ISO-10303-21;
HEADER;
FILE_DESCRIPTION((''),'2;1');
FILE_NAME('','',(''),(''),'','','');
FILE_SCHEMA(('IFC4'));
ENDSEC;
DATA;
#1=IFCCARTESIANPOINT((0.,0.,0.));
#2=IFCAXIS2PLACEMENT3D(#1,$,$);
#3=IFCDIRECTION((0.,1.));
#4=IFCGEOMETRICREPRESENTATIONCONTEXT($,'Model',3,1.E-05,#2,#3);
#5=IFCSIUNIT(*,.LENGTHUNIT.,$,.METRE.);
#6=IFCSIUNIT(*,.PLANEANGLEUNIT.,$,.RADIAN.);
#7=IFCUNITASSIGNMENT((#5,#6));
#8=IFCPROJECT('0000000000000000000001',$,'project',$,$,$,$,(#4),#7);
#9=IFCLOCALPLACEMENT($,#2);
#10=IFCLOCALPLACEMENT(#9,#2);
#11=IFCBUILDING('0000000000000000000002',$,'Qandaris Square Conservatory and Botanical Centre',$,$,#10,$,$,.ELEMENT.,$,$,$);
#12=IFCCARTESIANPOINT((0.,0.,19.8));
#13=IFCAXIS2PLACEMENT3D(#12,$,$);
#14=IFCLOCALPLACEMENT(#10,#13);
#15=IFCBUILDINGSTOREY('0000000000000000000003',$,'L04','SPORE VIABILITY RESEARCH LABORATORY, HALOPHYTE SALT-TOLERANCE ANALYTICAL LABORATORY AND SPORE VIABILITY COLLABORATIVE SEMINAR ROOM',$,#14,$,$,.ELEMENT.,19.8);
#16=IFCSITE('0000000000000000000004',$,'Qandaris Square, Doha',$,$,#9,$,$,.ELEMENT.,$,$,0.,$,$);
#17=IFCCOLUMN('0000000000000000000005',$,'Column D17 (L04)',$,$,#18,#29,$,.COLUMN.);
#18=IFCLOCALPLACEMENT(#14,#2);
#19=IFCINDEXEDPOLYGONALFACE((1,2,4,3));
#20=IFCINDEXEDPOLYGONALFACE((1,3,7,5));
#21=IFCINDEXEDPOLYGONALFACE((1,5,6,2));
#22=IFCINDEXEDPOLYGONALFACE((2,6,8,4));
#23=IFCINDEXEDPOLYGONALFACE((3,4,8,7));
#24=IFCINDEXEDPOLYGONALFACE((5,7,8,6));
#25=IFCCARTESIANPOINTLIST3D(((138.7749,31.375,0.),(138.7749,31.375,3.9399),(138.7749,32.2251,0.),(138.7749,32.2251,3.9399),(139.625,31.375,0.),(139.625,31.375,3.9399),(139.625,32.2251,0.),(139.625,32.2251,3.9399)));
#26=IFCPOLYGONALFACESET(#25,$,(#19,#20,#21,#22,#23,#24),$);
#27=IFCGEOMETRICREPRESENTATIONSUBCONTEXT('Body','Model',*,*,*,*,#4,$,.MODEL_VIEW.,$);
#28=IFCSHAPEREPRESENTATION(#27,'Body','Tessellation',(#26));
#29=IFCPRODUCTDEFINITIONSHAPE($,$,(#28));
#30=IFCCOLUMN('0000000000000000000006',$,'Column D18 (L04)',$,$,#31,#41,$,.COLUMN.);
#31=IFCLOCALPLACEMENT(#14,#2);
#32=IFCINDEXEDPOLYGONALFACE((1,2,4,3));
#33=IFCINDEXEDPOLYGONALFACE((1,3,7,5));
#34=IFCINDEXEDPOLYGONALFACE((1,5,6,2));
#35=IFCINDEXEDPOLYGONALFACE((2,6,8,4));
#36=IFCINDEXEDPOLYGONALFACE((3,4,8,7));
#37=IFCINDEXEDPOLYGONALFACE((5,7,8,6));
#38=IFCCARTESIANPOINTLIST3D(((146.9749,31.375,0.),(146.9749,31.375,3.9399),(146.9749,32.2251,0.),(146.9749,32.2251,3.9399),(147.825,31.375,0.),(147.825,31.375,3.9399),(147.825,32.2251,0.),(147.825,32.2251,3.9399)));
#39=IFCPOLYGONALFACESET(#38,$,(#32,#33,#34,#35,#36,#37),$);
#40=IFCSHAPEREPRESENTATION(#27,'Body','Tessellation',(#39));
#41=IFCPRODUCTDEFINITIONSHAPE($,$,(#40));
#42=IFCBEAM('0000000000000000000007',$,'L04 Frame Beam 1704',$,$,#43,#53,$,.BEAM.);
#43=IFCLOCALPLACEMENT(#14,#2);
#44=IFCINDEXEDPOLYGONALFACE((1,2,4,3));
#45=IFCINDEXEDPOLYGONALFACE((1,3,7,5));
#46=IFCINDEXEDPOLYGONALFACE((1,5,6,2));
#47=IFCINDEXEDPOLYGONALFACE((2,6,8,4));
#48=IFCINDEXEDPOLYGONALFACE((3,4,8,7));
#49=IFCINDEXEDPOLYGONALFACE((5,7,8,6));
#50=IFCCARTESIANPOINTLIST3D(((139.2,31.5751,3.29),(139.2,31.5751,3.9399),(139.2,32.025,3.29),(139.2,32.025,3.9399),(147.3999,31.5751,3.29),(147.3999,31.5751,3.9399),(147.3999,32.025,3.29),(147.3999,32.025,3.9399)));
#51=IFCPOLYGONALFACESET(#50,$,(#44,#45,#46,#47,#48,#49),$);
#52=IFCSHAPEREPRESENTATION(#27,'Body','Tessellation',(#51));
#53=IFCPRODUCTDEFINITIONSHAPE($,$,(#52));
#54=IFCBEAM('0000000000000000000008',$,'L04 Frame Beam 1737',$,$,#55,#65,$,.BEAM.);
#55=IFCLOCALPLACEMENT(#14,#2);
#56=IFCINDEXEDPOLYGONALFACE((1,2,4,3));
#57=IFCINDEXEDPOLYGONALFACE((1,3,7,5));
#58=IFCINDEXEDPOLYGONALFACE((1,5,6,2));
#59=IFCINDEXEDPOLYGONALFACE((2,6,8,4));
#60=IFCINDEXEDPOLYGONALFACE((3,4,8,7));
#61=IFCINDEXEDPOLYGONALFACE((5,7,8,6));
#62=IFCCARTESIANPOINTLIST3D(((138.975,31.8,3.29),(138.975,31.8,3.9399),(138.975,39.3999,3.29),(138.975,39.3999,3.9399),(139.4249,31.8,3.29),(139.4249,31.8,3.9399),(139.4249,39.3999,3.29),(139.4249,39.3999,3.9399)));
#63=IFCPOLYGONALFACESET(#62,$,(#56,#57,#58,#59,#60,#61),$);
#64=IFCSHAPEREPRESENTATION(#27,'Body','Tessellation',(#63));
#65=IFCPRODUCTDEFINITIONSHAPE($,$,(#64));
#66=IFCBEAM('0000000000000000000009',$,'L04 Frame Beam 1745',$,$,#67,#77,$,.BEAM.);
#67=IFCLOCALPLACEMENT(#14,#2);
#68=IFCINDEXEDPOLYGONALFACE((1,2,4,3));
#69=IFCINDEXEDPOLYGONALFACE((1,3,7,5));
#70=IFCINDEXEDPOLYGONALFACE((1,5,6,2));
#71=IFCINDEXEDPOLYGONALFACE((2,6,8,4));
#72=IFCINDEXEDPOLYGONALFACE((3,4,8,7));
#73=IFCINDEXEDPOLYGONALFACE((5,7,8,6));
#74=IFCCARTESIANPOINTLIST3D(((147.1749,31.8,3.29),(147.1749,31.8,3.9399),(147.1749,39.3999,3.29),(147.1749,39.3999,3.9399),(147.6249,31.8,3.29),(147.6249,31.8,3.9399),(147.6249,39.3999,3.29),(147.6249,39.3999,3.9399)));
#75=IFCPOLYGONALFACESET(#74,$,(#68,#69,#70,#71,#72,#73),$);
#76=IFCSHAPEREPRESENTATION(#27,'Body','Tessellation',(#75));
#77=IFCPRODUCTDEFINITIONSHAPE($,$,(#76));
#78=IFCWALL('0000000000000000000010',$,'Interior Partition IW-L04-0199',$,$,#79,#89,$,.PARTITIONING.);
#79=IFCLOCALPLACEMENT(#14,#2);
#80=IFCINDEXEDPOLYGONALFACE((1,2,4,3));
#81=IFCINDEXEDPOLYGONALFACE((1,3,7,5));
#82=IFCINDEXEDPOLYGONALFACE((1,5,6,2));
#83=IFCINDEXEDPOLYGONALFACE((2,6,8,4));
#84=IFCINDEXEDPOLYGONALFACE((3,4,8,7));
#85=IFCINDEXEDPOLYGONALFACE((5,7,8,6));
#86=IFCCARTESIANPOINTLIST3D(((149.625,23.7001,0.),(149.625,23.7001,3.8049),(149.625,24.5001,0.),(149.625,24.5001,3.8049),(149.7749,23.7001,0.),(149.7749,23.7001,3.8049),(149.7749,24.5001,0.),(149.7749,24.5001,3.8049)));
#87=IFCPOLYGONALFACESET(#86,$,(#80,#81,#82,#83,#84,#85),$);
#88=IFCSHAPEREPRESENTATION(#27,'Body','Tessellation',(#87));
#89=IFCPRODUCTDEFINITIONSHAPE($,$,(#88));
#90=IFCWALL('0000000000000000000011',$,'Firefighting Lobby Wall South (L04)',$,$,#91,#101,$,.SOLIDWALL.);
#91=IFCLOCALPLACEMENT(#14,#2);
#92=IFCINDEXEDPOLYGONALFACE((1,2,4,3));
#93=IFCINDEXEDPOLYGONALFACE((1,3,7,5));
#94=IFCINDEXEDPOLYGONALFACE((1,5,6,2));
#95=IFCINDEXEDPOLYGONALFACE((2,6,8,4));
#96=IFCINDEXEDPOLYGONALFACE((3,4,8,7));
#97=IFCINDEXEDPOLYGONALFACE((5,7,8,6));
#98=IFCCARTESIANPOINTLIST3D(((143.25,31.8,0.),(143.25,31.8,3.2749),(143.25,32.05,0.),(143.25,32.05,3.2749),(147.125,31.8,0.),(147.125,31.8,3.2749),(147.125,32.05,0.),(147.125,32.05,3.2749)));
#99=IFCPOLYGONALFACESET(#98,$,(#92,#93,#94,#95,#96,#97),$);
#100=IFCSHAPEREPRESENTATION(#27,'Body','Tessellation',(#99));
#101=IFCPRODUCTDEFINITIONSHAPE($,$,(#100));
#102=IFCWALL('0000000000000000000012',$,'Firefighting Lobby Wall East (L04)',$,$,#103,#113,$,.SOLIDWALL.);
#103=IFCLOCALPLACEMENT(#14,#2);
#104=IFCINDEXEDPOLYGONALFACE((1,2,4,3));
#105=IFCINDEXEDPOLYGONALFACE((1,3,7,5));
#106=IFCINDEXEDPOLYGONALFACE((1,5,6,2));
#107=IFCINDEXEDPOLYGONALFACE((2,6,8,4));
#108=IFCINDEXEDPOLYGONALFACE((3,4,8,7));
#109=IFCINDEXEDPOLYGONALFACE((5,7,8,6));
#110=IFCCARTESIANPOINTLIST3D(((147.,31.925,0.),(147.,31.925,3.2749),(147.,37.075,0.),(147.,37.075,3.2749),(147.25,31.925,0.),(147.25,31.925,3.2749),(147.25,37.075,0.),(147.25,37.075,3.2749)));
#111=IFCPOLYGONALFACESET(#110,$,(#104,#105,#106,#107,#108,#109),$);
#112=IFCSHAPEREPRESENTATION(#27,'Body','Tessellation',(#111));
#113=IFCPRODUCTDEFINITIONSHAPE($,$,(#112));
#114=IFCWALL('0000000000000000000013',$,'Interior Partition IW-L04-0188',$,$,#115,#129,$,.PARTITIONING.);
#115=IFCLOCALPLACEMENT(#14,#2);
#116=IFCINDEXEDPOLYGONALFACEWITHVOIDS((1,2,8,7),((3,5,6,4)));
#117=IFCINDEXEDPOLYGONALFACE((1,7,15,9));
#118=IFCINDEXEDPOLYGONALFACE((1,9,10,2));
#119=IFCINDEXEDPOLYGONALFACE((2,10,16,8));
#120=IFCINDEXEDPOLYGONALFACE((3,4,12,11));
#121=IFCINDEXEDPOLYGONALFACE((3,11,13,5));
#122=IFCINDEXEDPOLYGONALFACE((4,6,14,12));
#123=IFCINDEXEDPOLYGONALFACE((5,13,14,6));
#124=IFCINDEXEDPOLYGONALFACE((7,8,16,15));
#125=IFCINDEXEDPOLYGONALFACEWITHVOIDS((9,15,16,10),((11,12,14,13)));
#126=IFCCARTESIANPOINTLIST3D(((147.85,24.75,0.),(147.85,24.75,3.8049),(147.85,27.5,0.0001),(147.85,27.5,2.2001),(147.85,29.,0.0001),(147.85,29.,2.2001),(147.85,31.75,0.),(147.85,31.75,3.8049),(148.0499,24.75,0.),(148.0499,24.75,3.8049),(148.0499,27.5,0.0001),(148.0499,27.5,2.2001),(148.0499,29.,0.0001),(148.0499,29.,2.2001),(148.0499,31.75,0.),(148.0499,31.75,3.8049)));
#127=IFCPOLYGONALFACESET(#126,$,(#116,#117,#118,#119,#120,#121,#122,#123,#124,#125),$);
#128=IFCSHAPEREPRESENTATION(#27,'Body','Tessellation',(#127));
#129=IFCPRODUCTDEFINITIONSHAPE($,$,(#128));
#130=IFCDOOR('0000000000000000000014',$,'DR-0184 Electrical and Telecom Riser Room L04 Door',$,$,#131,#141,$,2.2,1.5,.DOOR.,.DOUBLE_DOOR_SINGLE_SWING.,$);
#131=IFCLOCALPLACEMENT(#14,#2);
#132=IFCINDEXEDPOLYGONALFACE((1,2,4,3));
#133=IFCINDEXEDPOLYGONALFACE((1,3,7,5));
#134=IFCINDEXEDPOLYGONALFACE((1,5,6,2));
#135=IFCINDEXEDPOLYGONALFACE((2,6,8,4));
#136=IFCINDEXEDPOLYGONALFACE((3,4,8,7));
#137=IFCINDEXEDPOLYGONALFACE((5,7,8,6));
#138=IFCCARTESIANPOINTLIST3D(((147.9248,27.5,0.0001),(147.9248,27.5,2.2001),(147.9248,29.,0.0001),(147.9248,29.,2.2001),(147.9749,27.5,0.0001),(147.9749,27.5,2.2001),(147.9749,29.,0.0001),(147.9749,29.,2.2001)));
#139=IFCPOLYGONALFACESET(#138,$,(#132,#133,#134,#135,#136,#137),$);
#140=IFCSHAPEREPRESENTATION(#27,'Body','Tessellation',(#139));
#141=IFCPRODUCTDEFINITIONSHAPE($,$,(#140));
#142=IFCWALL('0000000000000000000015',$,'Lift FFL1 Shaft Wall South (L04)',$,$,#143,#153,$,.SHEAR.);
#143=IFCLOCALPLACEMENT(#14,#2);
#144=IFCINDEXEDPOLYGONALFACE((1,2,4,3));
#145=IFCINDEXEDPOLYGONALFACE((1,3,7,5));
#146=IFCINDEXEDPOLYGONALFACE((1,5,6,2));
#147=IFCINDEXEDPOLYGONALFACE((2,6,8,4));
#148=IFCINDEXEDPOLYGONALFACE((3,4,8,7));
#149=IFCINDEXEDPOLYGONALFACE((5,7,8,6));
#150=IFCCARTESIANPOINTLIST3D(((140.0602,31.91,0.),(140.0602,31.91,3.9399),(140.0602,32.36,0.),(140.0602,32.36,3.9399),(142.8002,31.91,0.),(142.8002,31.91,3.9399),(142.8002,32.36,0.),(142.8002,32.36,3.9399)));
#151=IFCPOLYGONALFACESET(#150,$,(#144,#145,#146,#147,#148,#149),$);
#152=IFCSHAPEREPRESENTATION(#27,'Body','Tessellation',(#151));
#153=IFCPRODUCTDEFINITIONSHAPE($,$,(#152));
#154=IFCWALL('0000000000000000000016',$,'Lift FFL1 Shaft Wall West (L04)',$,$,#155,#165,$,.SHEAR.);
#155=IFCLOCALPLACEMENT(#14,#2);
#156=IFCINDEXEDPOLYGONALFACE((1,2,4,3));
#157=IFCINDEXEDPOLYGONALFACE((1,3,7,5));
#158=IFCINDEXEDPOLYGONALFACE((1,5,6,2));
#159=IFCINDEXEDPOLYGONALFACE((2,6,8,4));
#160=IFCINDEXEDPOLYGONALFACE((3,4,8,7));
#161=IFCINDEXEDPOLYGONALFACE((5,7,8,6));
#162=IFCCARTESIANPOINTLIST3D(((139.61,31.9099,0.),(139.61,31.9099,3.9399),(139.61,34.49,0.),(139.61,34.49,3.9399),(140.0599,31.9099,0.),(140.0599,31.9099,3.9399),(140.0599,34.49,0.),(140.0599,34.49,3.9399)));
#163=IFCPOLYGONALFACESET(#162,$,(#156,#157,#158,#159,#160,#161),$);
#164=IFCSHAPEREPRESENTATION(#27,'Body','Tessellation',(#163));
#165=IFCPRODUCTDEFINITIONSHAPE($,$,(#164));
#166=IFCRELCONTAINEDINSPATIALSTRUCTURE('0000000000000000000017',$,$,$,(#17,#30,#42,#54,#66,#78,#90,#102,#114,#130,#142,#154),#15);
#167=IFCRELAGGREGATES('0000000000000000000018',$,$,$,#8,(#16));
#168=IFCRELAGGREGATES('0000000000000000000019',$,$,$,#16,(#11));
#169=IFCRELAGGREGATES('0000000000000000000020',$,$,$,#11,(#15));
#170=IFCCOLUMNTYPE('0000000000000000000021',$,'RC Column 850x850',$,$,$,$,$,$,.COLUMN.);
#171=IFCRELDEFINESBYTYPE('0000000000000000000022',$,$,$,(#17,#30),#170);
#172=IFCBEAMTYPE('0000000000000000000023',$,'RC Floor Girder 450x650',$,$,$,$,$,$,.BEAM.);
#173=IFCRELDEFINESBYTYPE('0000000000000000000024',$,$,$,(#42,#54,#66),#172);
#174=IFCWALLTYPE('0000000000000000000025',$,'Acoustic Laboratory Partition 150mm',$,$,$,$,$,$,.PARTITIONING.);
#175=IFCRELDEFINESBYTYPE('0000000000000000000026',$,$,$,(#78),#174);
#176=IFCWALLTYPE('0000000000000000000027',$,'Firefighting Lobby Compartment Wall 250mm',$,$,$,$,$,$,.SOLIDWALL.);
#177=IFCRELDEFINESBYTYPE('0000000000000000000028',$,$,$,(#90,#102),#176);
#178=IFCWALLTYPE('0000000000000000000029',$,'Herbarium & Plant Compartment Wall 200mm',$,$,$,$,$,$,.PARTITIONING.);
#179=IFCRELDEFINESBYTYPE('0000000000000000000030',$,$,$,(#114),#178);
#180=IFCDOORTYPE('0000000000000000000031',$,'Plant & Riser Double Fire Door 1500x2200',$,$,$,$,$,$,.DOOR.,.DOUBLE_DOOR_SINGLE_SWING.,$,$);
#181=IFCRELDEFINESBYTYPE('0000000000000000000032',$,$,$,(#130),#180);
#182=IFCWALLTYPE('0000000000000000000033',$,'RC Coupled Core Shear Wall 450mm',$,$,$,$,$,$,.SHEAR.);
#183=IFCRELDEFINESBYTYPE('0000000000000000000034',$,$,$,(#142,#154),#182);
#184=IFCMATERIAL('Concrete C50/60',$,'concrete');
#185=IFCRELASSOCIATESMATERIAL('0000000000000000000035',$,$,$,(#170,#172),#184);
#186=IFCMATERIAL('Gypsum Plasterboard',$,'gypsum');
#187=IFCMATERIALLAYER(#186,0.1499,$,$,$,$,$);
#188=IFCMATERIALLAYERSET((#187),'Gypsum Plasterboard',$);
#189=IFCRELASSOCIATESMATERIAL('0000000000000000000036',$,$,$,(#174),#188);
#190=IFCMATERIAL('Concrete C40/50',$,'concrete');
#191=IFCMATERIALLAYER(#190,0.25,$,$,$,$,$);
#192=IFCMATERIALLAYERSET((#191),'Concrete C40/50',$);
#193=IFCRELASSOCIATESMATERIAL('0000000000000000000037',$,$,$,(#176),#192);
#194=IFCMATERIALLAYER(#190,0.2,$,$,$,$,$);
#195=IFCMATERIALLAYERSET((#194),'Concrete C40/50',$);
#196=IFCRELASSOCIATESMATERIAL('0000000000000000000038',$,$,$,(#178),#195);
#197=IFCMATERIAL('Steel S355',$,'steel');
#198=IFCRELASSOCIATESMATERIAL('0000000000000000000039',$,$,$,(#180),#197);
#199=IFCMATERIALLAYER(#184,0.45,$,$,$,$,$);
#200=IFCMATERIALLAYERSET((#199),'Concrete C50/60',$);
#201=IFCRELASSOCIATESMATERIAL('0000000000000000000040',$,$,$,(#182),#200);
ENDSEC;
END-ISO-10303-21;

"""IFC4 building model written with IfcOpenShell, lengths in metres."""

from ifc_helpers import new_model, si_unit, direction, frame, frame_2d, origin, origin_2d, place, context, subcontext, project, spatial, rectangle, extrude, material, layer, layer_set, material_profile, profile_set, type_object, element, fill, save


model = new_model("IFC4")

# Units and contexts
model_context = context("Model", 3, precision=1e-05, world=origin(), true_north=direction((0.0, 1.0)))
body_context = subcontext(model_context, "Body", "Model", "MODEL_VIEW")
ifc_project = project(units=[si_unit("LENGTHUNIT", "METRE"), si_unit("PLANEANGLEUNIT", "RADIAN")], contexts=[model_context])

# Site, building, storey
site_placement = place(None, origin())
site = spatial("IfcSite", under=ifc_project, at=site_placement, Name="Qandaris Square, Doha", CompositionType="ELEMENT", RefElevation=0.0)
building_placement = place(site_placement, origin())
building = spatial("IfcBuilding", under=site, at=building_placement, Name="Qandaris Square Conservatory and Botanical Centre", CompositionType="ELEMENT")
storey_placement = place(building_placement, frame((0.0, 0.0, 19.8)))
storey = spatial("IfcBuildingStorey", under=building, at=storey_placement, Name="L04", Description="SPORE VIABILITY RESEARCH LABORATORY, HALOPHYTE SALT-TOLERANCE ANALYTICAL LABORATORY AND SPORE VIABILITY COLLABORATIVE SEMINAR ROOM", CompositionType="ELEMENT", Elevation=19.8)

# Columns
ifc_material_1 = material(Name="Concrete C50/60", Category="concrete")
ifc_material_profile_1 = material_profile(ifc_material_1, rectangle(XDim=0.8501, YDim=0.8501, at=origin_2d()), Name="RC-COL 850x850")
ifc_profile_set_1 = profile_set([ifc_material_profile_1], Name="Concrete C50/60")
column_type = type_object("IfcColumnType", Name="RC Column 850x850", PredefinedType="COLUMN", material=ifc_profile_set_1)
for number, where, z_axis, x_axis, name in (
    (1, (139.2, 31.8, 0.0), (0.0, 0.0, 1.0), (1.0, 0.0, 0.0), "Column D17 (L04)"),
    (2, (147.3999, 31.8, 0.0), (0.0, 0.0, 1.0), (1.0, 0.0, 0.0), "Column D18 (L04)"),
):
    element("IfcColumn", number, at=place(storey_placement, frame(where, z_axis=z_axis, x_axis=x_axis)), inside=storey, type_object=column_type, Name=name, PredefinedType="COLUMN", context=body_context, shape_type="SweptSolid", body=[
        extrude(rectangle(XDim=0.8501, YDim=0.8501, at=origin_2d()), origin(), (0.0, 0.0, 1.0), 3.9399),
    ])

# Beams
ifc_material_profile_2 = material_profile(ifc_material_1, rectangle(XDim=0.45, YDim=0.6499, at=origin_2d()), Name="RC-BM 450x650")
ifc_profile_set_2 = profile_set([ifc_material_profile_2], Name="Concrete C50/60")
beam_type = type_object("IfcBeamType", Name="RC Floor Girder 450x650", PredefinedType="BEAM", material=ifc_profile_set_2)
beam_placement = place(storey_placement, frame((139.2, 31.8, 3.615), z_axis=(1.0, 0.0, 0.0), x_axis=(0.0, 1.0, 0.0)))
element("IfcBeam", 3, at=beam_placement, inside=storey, type_object=beam_type, Name="L04 Frame Beam 1704", PredefinedType="BEAM", context=body_context, shape_type="SweptSolid", body=[
    extrude(rectangle(XDim=0.45, YDim=0.6499, at=origin_2d()), origin(), (0.0, 0.0, 1.0), 8.2),
])
for number, where, z_axis, x_axis, name in (
    (4, (139.2, 31.8, 3.615), (0.0, 1.0, 0.0), (-1.0, 0.0, 0.0), "L04 Frame Beam 1737"),
    (5, (147.3999, 31.8, 3.615), (0.0, 1.0, 0.0), (-1.0, 0.0, 0.0), "L04 Frame Beam 1745"),
):
    element("IfcBeam", number, at=place(storey_placement, frame(where, z_axis=z_axis, x_axis=x_axis)), inside=storey, type_object=beam_type, Name=name, PredefinedType="BEAM", context=body_context, shape_type="SweptSolid", body=[
        extrude(rectangle(XDim=0.45, YDim=0.6499, at=origin_2d()), origin(), (0.0, 0.0, 1.0), 7.5999),
    ])

# Walls
ifc_material_2 = material(Name="Gypsum Plasterboard", Category="gypsum")
ifc_layer_1 = layer(ifc_material_2, 0.1499)
ifc_layer_set_1 = layer_set([ifc_layer_1], Name="Gypsum Plasterboard")
wall_type_1 = type_object("IfcWallType", Name="Acoustic Laboratory Partition 150mm", PredefinedType="PARTITIONING", material=ifc_layer_set_1)
wall_1_placement = place(storey_placement, frame((149.7, 24.5, 0.0), z_axis=(0.0, 0.0, 1.0), x_axis=(0.0, -1.0, 0.0)))
element("IfcWall", 6, at=wall_1_placement, inside=storey, type_object=wall_type_1, Name="Interior Partition IW-L04-0199", PredefinedType="PARTITIONING", context=body_context, shape_type="SweptSolid", body=[
    extrude(rectangle(XDim=0.8, YDim=0.1499, at=frame_2d((0.3999, 0.0))), origin(), (0.0, 0.0, 1.0), 3.8049),
])
ifc_material_3 = material(Name="Concrete C40/50", Category="concrete")
ifc_layer_2 = layer(ifc_material_3, 0.25)
ifc_layer_set_2 = layer_set([ifc_layer_2], Name="Concrete C40/50")
wall_type_2 = type_object("IfcWallType", Name="Firefighting Lobby Compartment Wall 250mm", PredefinedType="SOLIDWALL", material=ifc_layer_set_2)
wall_2_placement = place(storey_placement, frame((143.25, 31.925, 0.0), z_axis=(0.0, 0.0, 1.0), x_axis=(1.0, 0.0, 0.0)))
element("IfcWall", 7, at=wall_2_placement, inside=storey, type_object=wall_type_2, Name="Firefighting Lobby Wall South (L04)", PredefinedType="SOLIDWALL", context=body_context, shape_type="SweptSolid", body=[
    extrude(rectangle(XDim=3.875, YDim=0.25, at=frame_2d((1.9375, 0.0))), origin(), (0.0, 0.0, 1.0), 3.2749),
])
wall_3_placement = place(storey_placement, frame((147.125, 31.925, 0.0), z_axis=(0.0, 0.0, 1.0), x_axis=(0.0, 1.0, 0.0)))
element("IfcWall", 8, at=wall_3_placement, inside=storey, type_object=wall_type_2, Name="Firefighting Lobby Wall East (L04)", PredefinedType="SOLIDWALL", context=body_context, shape_type="SweptSolid", body=[
    extrude(rectangle(XDim=5.1499, YDim=0.25, at=frame_2d((2.575, 0.0))), origin(), (0.0, 0.0, 1.0), 3.2749),
])

# Wall, opening, door
ifc_layer_3 = layer(ifc_material_3, 0.2)
ifc_layer_set_3 = layer_set([ifc_layer_3], Name="Concrete C40/50")
wall_type_3 = type_object("IfcWallType", Name="Herbarium & Plant Compartment Wall 200mm", PredefinedType="PARTITIONING", material=ifc_layer_set_3)
wall_4_placement = place(storey_placement, frame((147.95, 31.75, 0.0), z_axis=(0.0, 0.0, 1.0), x_axis=(0.0, -1.0, 0.0)))
wall_4 = element("IfcWall", 9, at=wall_4_placement, inside=storey, type_object=wall_type_3, Name="Interior Partition IW-L04-0188", PredefinedType="PARTITIONING", context=body_context, shape_type="SweptSolid", body=[
    extrude(rectangle(XDim=7.0, YDim=0.2, at=frame_2d((3.5, 0.0))), origin(), (0.0, 0.0, 1.0), 3.8049),
])
opening_1_placement = place(wall_4_placement, frame((2.75, 0.0, 0.0)))
opening_1 = element("IfcOpeningElement", 10, at=opening_1_placement, cuts=wall_4, PredefinedType="OPENING", context=body_context, shape_type="SweptSolid", body=[
    extrude(rectangle(XDim=1.5, YDim=2.2, at=frame_2d((0.75, 1.1001))), frame((0.0, 0.1118, 0.0), z_axis=(0.0, -1.0, 0.0), x_axis=(1.0, 0.0, 0.0)), (0.0, 0.0, 1.0), 0.2239),
])
ifc_material_4 = material(Name="Steel S355", Category="steel")
door_type_1 = type_object("IfcDoorType", Name="Plant & Riser Double Fire Door 1500x2200", OperationType="DOUBLE_DOOR_SINGLE_SWING", PredefinedType="DOOR", material=ifc_material_4)
door_1_placement = place(opening_1_placement, origin())
door_1 = element("IfcDoor", 11, at=door_1_placement, inside=storey, type_object=door_type_1, Name="DR-0184 Electrical and Telecom Riser Room L04 Door", OperationType="DOUBLE_DOOR_SINGLE_SWING", OverallHeight=2.2, OverallWidth=1.5, PredefinedType="DOOR", context=body_context, shape_type="SweptSolid", body=[
    extrude(rectangle(XDim=1.5, YDim=2.2, at=frame_2d((0.75, 1.1001))), frame((0.0, 0.0249, 0.0), z_axis=(0.0, -1.0, 0.0), x_axis=(1.0, 0.0, 0.0)), (0.0, 0.0, 1.0), 0.05),
])
fill(opening_1, door_1)

# Walls
ifc_layer_4 = layer(ifc_material_1, 0.45)
ifc_layer_set_4 = layer_set([ifc_layer_4], Name="Concrete C50/60")
wall_type_4 = type_object("IfcWallType", Name="RC Coupled Core Shear Wall 450mm", PredefinedType="SHEAR", material=ifc_layer_set_4)
wall_5_placement = place(storey_placement, frame((140.0601, 32.135, 0.0), z_axis=(0.0, 0.0, 1.0), x_axis=(1.0, 0.0, 0.0)))
element("IfcWall", 12, at=wall_5_placement, inside=storey, type_object=wall_type_4, Name="Lift FFL1 Shaft Wall South (L04)", PredefinedType="SHEAR", context=body_context, shape_type="SweptSolid", body=[
    extrude(rectangle(XDim=2.74, YDim=0.45, at=frame_2d((1.3701, 0.0))), origin(), (0.0, 0.0, 1.0), 3.9399),
])
wall_6_placement = place(storey_placement, frame((139.835, 31.9099, 0.0), z_axis=(0.0, 0.0, 1.0), x_axis=(0.0, 1.0, 0.0)))
element("IfcWall", 13, at=wall_6_placement, inside=storey, type_object=wall_type_4, Name="Lift FFL1 Shaft Wall West (L04)", PredefinedType="SHEAR", context=body_context, shape_type="SweptSolid", body=[
    extrude(rectangle(XDim=2.5801, YDim=0.45, at=frame_2d((1.29, 0.0))), origin(), (0.0, 0.0, 1.0), 3.9399),
])

save(model, "model.ifc")
